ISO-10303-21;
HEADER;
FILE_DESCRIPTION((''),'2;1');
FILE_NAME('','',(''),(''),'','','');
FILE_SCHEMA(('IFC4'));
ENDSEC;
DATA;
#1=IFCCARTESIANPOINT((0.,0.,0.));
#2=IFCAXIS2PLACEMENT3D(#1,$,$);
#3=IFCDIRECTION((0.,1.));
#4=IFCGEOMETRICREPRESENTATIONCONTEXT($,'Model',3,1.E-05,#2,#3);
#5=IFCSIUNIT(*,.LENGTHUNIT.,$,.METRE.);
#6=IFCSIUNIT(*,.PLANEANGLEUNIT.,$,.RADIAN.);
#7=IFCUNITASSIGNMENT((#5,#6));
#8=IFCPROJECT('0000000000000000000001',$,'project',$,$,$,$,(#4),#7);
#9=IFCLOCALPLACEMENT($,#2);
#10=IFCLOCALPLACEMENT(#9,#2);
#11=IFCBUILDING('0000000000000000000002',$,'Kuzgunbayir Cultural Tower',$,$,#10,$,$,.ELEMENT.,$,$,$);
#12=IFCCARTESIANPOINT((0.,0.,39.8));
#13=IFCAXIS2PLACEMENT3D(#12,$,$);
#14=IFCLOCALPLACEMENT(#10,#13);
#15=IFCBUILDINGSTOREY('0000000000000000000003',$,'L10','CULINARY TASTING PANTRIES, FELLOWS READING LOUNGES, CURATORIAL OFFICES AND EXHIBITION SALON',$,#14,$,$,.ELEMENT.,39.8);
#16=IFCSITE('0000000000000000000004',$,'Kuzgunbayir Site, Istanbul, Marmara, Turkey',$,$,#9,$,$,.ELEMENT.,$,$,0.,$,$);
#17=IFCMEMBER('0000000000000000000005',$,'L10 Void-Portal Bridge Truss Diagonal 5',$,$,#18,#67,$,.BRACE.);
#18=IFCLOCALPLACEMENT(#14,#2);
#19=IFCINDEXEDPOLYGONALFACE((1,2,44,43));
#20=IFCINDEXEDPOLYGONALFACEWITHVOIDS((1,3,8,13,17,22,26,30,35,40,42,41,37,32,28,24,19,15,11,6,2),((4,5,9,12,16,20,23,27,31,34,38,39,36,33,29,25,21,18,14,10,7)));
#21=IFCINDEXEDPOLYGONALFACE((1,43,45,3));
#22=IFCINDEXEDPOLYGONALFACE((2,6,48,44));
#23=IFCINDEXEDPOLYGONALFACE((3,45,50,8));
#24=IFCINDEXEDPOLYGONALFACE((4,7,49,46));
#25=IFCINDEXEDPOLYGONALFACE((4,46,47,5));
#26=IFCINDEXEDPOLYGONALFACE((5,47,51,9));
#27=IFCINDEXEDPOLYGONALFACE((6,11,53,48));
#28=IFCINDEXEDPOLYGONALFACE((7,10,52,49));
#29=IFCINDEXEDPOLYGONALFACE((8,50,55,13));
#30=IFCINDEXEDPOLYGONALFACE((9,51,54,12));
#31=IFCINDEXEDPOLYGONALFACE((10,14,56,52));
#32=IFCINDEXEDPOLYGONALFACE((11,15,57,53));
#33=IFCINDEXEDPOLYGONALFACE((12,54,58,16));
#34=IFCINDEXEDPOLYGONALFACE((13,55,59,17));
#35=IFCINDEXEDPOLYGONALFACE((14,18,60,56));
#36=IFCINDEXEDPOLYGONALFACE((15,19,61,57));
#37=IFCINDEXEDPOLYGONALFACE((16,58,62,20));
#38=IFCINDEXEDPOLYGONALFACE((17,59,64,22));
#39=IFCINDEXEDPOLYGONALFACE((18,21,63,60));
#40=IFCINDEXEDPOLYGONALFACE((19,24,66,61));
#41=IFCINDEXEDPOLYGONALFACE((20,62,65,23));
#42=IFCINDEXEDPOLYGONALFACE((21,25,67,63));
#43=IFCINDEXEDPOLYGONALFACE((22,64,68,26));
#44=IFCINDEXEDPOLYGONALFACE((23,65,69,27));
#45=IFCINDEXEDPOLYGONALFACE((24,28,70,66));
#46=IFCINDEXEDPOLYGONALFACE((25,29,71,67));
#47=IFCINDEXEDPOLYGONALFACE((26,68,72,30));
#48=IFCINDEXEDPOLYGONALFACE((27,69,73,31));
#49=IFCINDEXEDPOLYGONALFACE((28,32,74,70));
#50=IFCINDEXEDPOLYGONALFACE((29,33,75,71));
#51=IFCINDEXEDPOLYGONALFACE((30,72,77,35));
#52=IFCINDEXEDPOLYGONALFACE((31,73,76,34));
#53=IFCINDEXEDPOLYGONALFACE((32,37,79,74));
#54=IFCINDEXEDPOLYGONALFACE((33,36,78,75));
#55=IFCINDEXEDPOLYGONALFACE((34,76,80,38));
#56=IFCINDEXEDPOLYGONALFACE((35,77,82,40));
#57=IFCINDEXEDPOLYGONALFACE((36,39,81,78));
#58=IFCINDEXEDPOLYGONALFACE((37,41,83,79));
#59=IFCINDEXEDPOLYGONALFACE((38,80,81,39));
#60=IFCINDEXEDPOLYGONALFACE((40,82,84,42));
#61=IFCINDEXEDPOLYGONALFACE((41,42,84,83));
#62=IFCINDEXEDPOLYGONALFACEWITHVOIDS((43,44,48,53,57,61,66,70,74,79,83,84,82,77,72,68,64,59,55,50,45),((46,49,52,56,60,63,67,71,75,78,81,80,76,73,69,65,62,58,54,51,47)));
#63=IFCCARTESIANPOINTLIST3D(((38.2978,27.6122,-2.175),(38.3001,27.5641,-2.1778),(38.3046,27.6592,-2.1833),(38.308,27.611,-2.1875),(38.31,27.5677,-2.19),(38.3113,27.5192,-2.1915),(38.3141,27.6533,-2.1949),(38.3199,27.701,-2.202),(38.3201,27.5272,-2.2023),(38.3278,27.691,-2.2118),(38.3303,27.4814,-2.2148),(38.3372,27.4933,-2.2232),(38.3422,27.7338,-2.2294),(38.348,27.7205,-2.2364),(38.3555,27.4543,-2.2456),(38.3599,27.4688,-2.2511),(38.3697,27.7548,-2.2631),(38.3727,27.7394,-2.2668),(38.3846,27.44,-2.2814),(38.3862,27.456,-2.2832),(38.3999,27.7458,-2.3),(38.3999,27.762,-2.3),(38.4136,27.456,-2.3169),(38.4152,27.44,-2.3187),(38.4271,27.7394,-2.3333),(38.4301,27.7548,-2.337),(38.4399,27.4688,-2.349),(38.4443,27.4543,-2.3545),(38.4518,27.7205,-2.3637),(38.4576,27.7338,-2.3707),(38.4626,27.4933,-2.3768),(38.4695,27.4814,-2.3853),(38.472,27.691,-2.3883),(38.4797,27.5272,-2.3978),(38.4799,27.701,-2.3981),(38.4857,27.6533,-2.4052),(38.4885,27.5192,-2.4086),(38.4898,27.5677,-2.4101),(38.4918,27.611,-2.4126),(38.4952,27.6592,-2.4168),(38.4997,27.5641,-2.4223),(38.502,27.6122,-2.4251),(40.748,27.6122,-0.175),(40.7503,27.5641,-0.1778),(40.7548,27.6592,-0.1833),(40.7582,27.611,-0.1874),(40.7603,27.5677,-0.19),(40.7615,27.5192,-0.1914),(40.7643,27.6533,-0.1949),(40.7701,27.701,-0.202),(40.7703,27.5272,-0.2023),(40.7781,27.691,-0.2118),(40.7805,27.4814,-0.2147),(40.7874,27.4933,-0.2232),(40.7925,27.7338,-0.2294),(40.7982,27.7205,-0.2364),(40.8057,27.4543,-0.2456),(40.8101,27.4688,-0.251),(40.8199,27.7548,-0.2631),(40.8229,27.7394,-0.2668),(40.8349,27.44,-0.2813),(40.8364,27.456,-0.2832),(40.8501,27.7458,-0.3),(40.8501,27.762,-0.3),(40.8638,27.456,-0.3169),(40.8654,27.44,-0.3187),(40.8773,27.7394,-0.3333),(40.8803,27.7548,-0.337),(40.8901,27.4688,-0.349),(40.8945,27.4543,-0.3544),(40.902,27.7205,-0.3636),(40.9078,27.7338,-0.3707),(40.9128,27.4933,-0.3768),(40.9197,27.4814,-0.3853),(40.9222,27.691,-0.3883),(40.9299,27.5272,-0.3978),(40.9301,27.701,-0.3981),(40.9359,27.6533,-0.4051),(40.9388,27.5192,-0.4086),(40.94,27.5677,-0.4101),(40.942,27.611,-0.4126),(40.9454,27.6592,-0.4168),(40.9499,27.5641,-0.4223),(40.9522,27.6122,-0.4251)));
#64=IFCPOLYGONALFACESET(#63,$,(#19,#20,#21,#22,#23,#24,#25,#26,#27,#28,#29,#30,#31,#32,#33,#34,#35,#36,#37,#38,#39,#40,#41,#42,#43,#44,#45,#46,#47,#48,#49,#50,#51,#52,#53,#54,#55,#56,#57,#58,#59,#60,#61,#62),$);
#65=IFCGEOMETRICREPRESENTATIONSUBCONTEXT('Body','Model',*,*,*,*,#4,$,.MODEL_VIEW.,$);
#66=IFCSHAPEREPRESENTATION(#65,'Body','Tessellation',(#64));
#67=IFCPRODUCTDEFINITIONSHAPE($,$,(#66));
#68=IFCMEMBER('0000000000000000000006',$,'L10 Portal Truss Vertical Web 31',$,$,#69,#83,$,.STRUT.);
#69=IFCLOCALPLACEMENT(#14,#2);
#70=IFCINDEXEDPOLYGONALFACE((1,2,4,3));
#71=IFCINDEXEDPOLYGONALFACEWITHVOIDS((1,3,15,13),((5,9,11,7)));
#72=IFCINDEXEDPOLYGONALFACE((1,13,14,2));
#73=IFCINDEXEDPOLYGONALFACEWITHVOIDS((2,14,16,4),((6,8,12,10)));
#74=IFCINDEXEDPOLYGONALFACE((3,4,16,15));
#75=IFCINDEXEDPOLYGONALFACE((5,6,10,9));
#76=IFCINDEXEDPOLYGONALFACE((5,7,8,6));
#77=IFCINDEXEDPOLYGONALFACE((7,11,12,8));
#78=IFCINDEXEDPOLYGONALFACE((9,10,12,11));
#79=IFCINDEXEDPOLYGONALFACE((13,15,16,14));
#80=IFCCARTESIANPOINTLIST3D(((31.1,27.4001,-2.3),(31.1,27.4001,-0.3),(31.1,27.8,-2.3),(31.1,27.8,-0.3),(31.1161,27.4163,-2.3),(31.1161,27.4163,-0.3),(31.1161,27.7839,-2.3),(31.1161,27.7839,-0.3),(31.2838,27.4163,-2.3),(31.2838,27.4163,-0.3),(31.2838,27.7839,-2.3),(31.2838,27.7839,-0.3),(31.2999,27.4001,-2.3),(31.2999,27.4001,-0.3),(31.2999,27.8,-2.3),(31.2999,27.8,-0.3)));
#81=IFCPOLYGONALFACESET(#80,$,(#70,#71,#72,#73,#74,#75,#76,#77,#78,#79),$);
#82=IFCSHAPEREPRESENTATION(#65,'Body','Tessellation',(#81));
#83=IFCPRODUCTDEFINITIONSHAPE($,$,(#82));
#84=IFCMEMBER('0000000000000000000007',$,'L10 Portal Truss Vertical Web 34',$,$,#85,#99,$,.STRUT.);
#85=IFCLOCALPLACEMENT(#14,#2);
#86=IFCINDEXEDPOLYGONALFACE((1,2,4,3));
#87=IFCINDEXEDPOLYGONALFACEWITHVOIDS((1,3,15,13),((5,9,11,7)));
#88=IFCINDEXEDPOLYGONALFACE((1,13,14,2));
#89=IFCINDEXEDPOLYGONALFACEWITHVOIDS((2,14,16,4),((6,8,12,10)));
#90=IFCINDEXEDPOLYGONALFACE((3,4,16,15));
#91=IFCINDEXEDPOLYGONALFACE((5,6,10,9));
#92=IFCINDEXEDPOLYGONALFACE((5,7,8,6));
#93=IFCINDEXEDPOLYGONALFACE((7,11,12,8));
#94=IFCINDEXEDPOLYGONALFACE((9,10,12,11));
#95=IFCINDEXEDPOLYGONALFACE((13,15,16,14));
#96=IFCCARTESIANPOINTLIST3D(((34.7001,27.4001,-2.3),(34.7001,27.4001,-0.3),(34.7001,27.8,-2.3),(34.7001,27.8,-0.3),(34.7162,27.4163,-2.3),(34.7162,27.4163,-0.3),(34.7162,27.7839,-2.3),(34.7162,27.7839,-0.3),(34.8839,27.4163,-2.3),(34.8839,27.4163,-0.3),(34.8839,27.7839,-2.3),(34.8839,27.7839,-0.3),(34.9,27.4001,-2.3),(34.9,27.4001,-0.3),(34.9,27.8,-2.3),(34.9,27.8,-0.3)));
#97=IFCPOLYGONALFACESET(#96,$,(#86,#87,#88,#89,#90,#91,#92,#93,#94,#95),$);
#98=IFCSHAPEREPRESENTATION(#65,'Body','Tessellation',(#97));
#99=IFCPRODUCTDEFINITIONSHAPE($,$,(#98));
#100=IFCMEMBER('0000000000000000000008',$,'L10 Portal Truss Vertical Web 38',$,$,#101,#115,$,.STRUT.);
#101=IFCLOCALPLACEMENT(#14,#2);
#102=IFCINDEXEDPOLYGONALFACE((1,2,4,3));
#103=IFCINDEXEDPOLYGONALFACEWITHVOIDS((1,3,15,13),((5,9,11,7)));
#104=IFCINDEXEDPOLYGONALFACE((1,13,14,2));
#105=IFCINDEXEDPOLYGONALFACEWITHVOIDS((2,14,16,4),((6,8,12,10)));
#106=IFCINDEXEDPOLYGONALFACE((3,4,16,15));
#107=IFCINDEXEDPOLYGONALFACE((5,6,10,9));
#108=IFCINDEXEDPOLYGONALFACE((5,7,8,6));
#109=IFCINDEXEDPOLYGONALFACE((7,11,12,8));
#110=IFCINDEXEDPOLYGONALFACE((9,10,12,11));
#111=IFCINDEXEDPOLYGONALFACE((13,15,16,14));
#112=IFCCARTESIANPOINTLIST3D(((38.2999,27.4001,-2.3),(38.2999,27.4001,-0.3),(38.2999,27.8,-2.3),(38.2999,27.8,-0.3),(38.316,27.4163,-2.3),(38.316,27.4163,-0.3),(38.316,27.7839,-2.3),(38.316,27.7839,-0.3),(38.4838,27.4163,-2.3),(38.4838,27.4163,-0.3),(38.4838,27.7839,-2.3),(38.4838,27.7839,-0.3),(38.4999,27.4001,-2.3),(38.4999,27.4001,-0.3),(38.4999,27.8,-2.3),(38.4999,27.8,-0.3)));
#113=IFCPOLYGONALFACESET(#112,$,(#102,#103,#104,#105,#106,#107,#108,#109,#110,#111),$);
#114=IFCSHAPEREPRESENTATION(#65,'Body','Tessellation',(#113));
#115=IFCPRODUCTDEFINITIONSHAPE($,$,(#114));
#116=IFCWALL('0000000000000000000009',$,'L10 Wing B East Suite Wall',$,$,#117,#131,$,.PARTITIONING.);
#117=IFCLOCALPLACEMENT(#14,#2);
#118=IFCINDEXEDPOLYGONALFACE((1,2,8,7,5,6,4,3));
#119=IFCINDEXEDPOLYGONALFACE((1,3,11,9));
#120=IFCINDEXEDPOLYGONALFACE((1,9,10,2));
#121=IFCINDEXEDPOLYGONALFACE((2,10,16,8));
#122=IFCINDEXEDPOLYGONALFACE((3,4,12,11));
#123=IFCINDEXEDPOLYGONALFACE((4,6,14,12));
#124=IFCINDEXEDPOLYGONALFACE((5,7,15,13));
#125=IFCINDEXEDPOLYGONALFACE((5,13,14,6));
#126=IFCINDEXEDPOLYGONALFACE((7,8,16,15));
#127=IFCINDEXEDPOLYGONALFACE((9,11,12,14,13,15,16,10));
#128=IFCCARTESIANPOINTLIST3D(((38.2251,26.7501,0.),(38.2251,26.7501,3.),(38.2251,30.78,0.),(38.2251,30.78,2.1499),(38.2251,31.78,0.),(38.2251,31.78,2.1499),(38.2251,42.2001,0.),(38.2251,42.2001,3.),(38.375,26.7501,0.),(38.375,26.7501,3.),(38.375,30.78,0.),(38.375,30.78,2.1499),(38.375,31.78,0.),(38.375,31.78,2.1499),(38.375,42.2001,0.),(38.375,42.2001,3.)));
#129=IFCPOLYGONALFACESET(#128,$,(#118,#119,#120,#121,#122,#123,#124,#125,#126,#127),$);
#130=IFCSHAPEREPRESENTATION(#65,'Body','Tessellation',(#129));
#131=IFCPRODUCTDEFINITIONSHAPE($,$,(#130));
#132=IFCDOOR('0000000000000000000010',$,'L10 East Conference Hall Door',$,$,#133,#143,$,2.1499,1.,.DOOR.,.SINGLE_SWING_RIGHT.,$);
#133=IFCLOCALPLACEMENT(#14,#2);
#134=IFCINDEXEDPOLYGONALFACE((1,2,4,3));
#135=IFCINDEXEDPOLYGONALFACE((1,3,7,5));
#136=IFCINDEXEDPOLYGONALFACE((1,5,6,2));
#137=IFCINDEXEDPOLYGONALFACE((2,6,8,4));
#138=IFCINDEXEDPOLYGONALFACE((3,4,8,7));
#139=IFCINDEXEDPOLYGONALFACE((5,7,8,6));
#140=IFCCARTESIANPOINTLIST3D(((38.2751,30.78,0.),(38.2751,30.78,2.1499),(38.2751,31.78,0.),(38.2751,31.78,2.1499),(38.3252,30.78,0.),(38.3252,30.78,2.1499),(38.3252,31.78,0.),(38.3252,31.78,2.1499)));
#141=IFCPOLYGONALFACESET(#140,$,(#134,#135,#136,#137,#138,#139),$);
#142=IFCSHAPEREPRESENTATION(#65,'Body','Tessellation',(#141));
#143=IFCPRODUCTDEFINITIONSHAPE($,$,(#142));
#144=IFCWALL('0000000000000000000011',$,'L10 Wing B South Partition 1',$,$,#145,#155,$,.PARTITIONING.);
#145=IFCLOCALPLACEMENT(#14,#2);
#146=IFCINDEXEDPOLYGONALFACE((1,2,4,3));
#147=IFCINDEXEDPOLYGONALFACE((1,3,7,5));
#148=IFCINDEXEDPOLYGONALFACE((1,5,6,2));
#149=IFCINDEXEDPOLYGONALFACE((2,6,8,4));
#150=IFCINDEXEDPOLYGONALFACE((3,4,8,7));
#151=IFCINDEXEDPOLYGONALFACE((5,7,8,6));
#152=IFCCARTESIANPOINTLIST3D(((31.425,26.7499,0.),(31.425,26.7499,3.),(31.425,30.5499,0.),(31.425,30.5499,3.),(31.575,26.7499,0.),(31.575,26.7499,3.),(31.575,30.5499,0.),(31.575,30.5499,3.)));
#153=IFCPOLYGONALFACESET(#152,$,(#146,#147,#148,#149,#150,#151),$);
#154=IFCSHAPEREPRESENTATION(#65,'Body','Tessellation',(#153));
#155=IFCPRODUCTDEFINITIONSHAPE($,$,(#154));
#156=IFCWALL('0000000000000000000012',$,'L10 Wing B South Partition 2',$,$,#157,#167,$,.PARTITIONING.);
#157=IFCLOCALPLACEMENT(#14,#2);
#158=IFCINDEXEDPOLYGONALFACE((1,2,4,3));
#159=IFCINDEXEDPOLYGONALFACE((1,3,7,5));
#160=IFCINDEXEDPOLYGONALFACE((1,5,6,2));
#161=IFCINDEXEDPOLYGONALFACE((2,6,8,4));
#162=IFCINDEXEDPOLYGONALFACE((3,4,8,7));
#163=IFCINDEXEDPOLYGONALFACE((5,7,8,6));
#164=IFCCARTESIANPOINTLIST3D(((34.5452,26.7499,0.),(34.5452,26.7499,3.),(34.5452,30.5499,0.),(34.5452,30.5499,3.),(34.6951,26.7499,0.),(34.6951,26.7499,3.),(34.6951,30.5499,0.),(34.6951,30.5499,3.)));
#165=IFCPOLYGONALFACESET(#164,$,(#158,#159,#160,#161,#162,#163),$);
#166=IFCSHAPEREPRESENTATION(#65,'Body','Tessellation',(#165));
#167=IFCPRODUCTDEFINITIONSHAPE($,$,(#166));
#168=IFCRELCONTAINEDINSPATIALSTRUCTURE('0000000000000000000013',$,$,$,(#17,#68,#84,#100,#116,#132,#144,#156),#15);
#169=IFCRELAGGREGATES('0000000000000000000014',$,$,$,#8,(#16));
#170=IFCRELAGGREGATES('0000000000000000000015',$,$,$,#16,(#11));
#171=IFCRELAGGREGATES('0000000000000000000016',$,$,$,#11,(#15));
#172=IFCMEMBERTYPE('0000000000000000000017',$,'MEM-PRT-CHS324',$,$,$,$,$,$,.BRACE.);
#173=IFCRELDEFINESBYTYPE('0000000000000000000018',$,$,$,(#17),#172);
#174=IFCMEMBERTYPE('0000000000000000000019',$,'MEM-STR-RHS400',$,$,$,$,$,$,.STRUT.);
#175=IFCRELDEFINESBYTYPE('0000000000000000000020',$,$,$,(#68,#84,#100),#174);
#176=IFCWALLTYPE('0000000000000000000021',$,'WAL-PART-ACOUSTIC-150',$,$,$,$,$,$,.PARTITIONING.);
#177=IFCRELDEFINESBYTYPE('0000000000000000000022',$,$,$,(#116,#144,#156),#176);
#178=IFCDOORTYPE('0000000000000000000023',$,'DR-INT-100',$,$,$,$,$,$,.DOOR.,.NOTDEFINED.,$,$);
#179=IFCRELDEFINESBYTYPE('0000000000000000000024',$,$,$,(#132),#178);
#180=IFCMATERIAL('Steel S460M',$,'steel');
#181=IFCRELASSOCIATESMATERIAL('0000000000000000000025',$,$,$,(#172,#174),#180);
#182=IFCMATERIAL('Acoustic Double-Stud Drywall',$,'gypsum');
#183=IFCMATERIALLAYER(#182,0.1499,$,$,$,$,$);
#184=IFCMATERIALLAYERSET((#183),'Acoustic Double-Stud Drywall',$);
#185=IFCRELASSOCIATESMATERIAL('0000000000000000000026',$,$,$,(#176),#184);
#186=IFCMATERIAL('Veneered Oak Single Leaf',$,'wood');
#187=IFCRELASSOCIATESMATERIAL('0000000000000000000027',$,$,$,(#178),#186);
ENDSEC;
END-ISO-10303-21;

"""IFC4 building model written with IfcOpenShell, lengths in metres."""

from ifc_helpers import new_model, si_unit, direction, frame, frame_2d, origin, origin_2d, place, context, subcontext, project, spatial, rectangle, hollow_rectangle, hollow_circle, extrude, material, layer, layer_set, material_profile, profile_set, type_object, element, fill, save


model = new_model("IFC4")

# Units and contexts
model_context = context("Model", 3, precision=1e-05, world=origin(), true_north=direction((0.0, 1.0)))
body_context = subcontext(model_context, "Body", "Model", "MODEL_VIEW")
ifc_project = project(units=[si_unit("LENGTHUNIT", "METRE"), si_unit("PLANEANGLEUNIT", "RADIAN")], contexts=[model_context])

# Site, building, storey
site_placement = place(None, origin())
site = spatial("IfcSite", under=ifc_project, at=site_placement, Name="Kuzgunbayir Site, Istanbul, Marmara, Turkey", CompositionType="ELEMENT", RefElevation=0.0)
building_placement = place(site_placement, origin())
building = spatial("IfcBuilding", under=site, at=building_placement, Name="Kuzgunbayir Cultural Tower", CompositionType="ELEMENT")
storey_placement = place(building_placement, frame((0.0, 0.0, 39.8)))
storey = spatial("IfcBuildingStorey", under=building, at=storey_placement, Name="L10", Description="CULINARY TASTING PANTRIES, FELLOWS READING LOUNGES, CURATORIAL OFFICES AND EXHIBITION SALON", CompositionType="ELEMENT", Elevation=39.8)

# Members
ifc_material_1 = material(Name="Steel S460M", Category="steel")
ifc_material_profile_1 = material_profile(ifc_material_1, hollow_circle(Radius=0.1619, WallThickness=0.0161, at=origin_2d()), Name="CHS 323.9x16")
ifc_profile_set_1 = profile_set([ifc_material_profile_1], Name="Steel S460M")
member_type_1 = type_object("IfcMemberType", Name="MEM-PRT-CHS324", PredefinedType="BRACE", material=ifc_profile_set_1)
member_1_placement = place(storey_placement, frame((38.3999, 27.6001, -2.3), z_axis=(0.774686, 0.0, 0.632346), x_axis=(0.0, 1.0, 0.0)))
element("IfcMember", 1, at=member_1_placement, inside=storey, type_object=member_type_1, Name="L10 Void-Portal Bridge Truss Diagonal 5", PredefinedType="BRACE", context=body_context, shape_type="SweptSolid", body=[
    extrude(hollow_circle(Radius=0.1619, WallThickness=0.0161, at=origin_2d()), origin(), (0.0, 0.0, 1.0), 3.1628),
])
ifc_material_profile_2 = material_profile(ifc_material_1, hollow_rectangle(XDim=0.2, YDim=0.3999, WallThickness=0.0161, at=origin_2d()), Name="RHS 400x200x16")
ifc_profile_set_2 = profile_set([ifc_material_profile_2], Name="Steel S460M")
member_type_2 = type_object("IfcMemberType", Name="MEM-STR-RHS400", PredefinedType="STRUT", material=ifc_profile_set_2)
for number, where, z_axis, x_axis, name in (
    (2, (31.2, 27.6001, -2.3), (0.0, 0.0, 1.0), (1.0, 0.0, 0.0), "L10 Portal Truss Vertical Web 31"),
    (3, (34.8, 27.6001, -2.3), (0.0, 0.0, 1.0), (1.0, 0.0, 0.0), "L10 Portal Truss Vertical Web 34"),
    (4, (38.3999, 27.6001, -2.3), (0.0, 0.0, 1.0), (1.0, 0.0, 0.0), "L10 Portal Truss Vertical Web 38"),
):
    element("IfcMember", number, at=place(storey_placement, frame(where, z_axis=z_axis, x_axis=x_axis)), inside=storey, type_object=member_type_2, Name=name, PredefinedType="STRUT", context=body_context, shape_type="SweptSolid", body=[
        extrude(hollow_rectangle(XDim=0.2, YDim=0.3999, WallThickness=0.0161, at=origin_2d()), origin(), (0.0, 0.0, 1.0), 2.0),
    ])

# Wall, opening, door
ifc_material_2 = material(Name="Acoustic Double-Stud Drywall", Category="gypsum")
ifc_layer_1 = layer(ifc_material_2, 0.1499)
ifc_layer_set_1 = layer_set([ifc_layer_1], Name="Acoustic Double-Stud Drywall")
wall_type = type_object("IfcWallType", Name="WAL-PART-ACOUSTIC-150", PredefinedType="PARTITIONING", material=ifc_layer_set_1)
wall_placement = place(storey_placement, frame((38.3, 26.75, 0.0), z_axis=(0.0, 0.0, 1.0), x_axis=(0.0, 1.0, 0.0)))
wall = element("IfcWall", 5, at=wall_placement, inside=storey, type_object=wall_type, Name="L10 Wing B East Suite Wall", PredefinedType="PARTITIONING", context=body_context, shape_type="SweptSolid", body=[
    extrude(rectangle(XDim=15.45, YDim=0.1499, at=frame_2d((7.7251, 0.0))), origin(), (0.0, 0.0, 1.0), 3.0),
])
opening_placement = place(wall_placement, frame((4.03, 0.0, 0.0)))
opening = element("IfcOpeningElement", 6, at=opening_placement, cuts=wall, PredefinedType="OPENING", context=body_context, shape_type="SweptSolid", body=[
    extrude(rectangle(XDim=1.0, YDim=2.1499, at=frame_2d((0.5, 1.075))), frame((0.0, 0.085, 0.0), z_axis=(0.0, -1.0, 0.0), x_axis=(1.0, 0.0, 0.0)), (0.0, 0.0, 1.0), 0.1699),
])
ifc_material_3 = material(Name="Veneered Oak Single Leaf", Category="wood")
door_type = type_object("IfcDoorType", Name="DR-INT-100", OperationType="NOTDEFINED", PredefinedType="DOOR", material=ifc_material_3)
door_placement = place(opening_placement, origin())
door = element("IfcDoor", 7, at=door_placement, inside=storey, type_object=door_type, Name="L10 East Conference Hall Door", OperationType="SINGLE_SWING_RIGHT", OverallHeight=2.1499, OverallWidth=1.0, PredefinedType="DOOR", context=body_context, shape_type="SweptSolid", body=[
    extrude(rectangle(XDim=1.0, YDim=2.1499, at=frame_2d((0.5, 1.075))), frame((0.0, 0.0249, 0.0), z_axis=(0.0, -1.0, 0.0), x_axis=(1.0, 0.0, 0.0)), (0.0, 0.0, 1.0), 0.05),
])
fill(opening, door)

# Walls
for number, where, z_axis, x_axis, name in (
    (8, (31.5, 26.75, 0.0), (0.0, 0.0, 1.0), (0.0, 1.0, 0.0), "L10 Wing B South Partition 1"),
    (9, (34.6201, 26.75, 0.0), (0.0, 0.0, 1.0), (0.0, 1.0, 0.0), "L10 Wing B South Partition 2"),
):
    element("IfcWall", number, at=place(storey_placement, frame(where, z_axis=z_axis, x_axis=x_axis)), inside=storey, type_object=wall_type, Name=name, PredefinedType="PARTITIONING", context=body_context, shape_type="SweptSolid", body=[
        extrude(rectangle(XDim=3.8, YDim=0.1499, at=frame_2d((1.8999, 0.0))), origin(), (0.0, 0.0, 1.0), 3.0),
    ])

save(model, "model.ifc")
